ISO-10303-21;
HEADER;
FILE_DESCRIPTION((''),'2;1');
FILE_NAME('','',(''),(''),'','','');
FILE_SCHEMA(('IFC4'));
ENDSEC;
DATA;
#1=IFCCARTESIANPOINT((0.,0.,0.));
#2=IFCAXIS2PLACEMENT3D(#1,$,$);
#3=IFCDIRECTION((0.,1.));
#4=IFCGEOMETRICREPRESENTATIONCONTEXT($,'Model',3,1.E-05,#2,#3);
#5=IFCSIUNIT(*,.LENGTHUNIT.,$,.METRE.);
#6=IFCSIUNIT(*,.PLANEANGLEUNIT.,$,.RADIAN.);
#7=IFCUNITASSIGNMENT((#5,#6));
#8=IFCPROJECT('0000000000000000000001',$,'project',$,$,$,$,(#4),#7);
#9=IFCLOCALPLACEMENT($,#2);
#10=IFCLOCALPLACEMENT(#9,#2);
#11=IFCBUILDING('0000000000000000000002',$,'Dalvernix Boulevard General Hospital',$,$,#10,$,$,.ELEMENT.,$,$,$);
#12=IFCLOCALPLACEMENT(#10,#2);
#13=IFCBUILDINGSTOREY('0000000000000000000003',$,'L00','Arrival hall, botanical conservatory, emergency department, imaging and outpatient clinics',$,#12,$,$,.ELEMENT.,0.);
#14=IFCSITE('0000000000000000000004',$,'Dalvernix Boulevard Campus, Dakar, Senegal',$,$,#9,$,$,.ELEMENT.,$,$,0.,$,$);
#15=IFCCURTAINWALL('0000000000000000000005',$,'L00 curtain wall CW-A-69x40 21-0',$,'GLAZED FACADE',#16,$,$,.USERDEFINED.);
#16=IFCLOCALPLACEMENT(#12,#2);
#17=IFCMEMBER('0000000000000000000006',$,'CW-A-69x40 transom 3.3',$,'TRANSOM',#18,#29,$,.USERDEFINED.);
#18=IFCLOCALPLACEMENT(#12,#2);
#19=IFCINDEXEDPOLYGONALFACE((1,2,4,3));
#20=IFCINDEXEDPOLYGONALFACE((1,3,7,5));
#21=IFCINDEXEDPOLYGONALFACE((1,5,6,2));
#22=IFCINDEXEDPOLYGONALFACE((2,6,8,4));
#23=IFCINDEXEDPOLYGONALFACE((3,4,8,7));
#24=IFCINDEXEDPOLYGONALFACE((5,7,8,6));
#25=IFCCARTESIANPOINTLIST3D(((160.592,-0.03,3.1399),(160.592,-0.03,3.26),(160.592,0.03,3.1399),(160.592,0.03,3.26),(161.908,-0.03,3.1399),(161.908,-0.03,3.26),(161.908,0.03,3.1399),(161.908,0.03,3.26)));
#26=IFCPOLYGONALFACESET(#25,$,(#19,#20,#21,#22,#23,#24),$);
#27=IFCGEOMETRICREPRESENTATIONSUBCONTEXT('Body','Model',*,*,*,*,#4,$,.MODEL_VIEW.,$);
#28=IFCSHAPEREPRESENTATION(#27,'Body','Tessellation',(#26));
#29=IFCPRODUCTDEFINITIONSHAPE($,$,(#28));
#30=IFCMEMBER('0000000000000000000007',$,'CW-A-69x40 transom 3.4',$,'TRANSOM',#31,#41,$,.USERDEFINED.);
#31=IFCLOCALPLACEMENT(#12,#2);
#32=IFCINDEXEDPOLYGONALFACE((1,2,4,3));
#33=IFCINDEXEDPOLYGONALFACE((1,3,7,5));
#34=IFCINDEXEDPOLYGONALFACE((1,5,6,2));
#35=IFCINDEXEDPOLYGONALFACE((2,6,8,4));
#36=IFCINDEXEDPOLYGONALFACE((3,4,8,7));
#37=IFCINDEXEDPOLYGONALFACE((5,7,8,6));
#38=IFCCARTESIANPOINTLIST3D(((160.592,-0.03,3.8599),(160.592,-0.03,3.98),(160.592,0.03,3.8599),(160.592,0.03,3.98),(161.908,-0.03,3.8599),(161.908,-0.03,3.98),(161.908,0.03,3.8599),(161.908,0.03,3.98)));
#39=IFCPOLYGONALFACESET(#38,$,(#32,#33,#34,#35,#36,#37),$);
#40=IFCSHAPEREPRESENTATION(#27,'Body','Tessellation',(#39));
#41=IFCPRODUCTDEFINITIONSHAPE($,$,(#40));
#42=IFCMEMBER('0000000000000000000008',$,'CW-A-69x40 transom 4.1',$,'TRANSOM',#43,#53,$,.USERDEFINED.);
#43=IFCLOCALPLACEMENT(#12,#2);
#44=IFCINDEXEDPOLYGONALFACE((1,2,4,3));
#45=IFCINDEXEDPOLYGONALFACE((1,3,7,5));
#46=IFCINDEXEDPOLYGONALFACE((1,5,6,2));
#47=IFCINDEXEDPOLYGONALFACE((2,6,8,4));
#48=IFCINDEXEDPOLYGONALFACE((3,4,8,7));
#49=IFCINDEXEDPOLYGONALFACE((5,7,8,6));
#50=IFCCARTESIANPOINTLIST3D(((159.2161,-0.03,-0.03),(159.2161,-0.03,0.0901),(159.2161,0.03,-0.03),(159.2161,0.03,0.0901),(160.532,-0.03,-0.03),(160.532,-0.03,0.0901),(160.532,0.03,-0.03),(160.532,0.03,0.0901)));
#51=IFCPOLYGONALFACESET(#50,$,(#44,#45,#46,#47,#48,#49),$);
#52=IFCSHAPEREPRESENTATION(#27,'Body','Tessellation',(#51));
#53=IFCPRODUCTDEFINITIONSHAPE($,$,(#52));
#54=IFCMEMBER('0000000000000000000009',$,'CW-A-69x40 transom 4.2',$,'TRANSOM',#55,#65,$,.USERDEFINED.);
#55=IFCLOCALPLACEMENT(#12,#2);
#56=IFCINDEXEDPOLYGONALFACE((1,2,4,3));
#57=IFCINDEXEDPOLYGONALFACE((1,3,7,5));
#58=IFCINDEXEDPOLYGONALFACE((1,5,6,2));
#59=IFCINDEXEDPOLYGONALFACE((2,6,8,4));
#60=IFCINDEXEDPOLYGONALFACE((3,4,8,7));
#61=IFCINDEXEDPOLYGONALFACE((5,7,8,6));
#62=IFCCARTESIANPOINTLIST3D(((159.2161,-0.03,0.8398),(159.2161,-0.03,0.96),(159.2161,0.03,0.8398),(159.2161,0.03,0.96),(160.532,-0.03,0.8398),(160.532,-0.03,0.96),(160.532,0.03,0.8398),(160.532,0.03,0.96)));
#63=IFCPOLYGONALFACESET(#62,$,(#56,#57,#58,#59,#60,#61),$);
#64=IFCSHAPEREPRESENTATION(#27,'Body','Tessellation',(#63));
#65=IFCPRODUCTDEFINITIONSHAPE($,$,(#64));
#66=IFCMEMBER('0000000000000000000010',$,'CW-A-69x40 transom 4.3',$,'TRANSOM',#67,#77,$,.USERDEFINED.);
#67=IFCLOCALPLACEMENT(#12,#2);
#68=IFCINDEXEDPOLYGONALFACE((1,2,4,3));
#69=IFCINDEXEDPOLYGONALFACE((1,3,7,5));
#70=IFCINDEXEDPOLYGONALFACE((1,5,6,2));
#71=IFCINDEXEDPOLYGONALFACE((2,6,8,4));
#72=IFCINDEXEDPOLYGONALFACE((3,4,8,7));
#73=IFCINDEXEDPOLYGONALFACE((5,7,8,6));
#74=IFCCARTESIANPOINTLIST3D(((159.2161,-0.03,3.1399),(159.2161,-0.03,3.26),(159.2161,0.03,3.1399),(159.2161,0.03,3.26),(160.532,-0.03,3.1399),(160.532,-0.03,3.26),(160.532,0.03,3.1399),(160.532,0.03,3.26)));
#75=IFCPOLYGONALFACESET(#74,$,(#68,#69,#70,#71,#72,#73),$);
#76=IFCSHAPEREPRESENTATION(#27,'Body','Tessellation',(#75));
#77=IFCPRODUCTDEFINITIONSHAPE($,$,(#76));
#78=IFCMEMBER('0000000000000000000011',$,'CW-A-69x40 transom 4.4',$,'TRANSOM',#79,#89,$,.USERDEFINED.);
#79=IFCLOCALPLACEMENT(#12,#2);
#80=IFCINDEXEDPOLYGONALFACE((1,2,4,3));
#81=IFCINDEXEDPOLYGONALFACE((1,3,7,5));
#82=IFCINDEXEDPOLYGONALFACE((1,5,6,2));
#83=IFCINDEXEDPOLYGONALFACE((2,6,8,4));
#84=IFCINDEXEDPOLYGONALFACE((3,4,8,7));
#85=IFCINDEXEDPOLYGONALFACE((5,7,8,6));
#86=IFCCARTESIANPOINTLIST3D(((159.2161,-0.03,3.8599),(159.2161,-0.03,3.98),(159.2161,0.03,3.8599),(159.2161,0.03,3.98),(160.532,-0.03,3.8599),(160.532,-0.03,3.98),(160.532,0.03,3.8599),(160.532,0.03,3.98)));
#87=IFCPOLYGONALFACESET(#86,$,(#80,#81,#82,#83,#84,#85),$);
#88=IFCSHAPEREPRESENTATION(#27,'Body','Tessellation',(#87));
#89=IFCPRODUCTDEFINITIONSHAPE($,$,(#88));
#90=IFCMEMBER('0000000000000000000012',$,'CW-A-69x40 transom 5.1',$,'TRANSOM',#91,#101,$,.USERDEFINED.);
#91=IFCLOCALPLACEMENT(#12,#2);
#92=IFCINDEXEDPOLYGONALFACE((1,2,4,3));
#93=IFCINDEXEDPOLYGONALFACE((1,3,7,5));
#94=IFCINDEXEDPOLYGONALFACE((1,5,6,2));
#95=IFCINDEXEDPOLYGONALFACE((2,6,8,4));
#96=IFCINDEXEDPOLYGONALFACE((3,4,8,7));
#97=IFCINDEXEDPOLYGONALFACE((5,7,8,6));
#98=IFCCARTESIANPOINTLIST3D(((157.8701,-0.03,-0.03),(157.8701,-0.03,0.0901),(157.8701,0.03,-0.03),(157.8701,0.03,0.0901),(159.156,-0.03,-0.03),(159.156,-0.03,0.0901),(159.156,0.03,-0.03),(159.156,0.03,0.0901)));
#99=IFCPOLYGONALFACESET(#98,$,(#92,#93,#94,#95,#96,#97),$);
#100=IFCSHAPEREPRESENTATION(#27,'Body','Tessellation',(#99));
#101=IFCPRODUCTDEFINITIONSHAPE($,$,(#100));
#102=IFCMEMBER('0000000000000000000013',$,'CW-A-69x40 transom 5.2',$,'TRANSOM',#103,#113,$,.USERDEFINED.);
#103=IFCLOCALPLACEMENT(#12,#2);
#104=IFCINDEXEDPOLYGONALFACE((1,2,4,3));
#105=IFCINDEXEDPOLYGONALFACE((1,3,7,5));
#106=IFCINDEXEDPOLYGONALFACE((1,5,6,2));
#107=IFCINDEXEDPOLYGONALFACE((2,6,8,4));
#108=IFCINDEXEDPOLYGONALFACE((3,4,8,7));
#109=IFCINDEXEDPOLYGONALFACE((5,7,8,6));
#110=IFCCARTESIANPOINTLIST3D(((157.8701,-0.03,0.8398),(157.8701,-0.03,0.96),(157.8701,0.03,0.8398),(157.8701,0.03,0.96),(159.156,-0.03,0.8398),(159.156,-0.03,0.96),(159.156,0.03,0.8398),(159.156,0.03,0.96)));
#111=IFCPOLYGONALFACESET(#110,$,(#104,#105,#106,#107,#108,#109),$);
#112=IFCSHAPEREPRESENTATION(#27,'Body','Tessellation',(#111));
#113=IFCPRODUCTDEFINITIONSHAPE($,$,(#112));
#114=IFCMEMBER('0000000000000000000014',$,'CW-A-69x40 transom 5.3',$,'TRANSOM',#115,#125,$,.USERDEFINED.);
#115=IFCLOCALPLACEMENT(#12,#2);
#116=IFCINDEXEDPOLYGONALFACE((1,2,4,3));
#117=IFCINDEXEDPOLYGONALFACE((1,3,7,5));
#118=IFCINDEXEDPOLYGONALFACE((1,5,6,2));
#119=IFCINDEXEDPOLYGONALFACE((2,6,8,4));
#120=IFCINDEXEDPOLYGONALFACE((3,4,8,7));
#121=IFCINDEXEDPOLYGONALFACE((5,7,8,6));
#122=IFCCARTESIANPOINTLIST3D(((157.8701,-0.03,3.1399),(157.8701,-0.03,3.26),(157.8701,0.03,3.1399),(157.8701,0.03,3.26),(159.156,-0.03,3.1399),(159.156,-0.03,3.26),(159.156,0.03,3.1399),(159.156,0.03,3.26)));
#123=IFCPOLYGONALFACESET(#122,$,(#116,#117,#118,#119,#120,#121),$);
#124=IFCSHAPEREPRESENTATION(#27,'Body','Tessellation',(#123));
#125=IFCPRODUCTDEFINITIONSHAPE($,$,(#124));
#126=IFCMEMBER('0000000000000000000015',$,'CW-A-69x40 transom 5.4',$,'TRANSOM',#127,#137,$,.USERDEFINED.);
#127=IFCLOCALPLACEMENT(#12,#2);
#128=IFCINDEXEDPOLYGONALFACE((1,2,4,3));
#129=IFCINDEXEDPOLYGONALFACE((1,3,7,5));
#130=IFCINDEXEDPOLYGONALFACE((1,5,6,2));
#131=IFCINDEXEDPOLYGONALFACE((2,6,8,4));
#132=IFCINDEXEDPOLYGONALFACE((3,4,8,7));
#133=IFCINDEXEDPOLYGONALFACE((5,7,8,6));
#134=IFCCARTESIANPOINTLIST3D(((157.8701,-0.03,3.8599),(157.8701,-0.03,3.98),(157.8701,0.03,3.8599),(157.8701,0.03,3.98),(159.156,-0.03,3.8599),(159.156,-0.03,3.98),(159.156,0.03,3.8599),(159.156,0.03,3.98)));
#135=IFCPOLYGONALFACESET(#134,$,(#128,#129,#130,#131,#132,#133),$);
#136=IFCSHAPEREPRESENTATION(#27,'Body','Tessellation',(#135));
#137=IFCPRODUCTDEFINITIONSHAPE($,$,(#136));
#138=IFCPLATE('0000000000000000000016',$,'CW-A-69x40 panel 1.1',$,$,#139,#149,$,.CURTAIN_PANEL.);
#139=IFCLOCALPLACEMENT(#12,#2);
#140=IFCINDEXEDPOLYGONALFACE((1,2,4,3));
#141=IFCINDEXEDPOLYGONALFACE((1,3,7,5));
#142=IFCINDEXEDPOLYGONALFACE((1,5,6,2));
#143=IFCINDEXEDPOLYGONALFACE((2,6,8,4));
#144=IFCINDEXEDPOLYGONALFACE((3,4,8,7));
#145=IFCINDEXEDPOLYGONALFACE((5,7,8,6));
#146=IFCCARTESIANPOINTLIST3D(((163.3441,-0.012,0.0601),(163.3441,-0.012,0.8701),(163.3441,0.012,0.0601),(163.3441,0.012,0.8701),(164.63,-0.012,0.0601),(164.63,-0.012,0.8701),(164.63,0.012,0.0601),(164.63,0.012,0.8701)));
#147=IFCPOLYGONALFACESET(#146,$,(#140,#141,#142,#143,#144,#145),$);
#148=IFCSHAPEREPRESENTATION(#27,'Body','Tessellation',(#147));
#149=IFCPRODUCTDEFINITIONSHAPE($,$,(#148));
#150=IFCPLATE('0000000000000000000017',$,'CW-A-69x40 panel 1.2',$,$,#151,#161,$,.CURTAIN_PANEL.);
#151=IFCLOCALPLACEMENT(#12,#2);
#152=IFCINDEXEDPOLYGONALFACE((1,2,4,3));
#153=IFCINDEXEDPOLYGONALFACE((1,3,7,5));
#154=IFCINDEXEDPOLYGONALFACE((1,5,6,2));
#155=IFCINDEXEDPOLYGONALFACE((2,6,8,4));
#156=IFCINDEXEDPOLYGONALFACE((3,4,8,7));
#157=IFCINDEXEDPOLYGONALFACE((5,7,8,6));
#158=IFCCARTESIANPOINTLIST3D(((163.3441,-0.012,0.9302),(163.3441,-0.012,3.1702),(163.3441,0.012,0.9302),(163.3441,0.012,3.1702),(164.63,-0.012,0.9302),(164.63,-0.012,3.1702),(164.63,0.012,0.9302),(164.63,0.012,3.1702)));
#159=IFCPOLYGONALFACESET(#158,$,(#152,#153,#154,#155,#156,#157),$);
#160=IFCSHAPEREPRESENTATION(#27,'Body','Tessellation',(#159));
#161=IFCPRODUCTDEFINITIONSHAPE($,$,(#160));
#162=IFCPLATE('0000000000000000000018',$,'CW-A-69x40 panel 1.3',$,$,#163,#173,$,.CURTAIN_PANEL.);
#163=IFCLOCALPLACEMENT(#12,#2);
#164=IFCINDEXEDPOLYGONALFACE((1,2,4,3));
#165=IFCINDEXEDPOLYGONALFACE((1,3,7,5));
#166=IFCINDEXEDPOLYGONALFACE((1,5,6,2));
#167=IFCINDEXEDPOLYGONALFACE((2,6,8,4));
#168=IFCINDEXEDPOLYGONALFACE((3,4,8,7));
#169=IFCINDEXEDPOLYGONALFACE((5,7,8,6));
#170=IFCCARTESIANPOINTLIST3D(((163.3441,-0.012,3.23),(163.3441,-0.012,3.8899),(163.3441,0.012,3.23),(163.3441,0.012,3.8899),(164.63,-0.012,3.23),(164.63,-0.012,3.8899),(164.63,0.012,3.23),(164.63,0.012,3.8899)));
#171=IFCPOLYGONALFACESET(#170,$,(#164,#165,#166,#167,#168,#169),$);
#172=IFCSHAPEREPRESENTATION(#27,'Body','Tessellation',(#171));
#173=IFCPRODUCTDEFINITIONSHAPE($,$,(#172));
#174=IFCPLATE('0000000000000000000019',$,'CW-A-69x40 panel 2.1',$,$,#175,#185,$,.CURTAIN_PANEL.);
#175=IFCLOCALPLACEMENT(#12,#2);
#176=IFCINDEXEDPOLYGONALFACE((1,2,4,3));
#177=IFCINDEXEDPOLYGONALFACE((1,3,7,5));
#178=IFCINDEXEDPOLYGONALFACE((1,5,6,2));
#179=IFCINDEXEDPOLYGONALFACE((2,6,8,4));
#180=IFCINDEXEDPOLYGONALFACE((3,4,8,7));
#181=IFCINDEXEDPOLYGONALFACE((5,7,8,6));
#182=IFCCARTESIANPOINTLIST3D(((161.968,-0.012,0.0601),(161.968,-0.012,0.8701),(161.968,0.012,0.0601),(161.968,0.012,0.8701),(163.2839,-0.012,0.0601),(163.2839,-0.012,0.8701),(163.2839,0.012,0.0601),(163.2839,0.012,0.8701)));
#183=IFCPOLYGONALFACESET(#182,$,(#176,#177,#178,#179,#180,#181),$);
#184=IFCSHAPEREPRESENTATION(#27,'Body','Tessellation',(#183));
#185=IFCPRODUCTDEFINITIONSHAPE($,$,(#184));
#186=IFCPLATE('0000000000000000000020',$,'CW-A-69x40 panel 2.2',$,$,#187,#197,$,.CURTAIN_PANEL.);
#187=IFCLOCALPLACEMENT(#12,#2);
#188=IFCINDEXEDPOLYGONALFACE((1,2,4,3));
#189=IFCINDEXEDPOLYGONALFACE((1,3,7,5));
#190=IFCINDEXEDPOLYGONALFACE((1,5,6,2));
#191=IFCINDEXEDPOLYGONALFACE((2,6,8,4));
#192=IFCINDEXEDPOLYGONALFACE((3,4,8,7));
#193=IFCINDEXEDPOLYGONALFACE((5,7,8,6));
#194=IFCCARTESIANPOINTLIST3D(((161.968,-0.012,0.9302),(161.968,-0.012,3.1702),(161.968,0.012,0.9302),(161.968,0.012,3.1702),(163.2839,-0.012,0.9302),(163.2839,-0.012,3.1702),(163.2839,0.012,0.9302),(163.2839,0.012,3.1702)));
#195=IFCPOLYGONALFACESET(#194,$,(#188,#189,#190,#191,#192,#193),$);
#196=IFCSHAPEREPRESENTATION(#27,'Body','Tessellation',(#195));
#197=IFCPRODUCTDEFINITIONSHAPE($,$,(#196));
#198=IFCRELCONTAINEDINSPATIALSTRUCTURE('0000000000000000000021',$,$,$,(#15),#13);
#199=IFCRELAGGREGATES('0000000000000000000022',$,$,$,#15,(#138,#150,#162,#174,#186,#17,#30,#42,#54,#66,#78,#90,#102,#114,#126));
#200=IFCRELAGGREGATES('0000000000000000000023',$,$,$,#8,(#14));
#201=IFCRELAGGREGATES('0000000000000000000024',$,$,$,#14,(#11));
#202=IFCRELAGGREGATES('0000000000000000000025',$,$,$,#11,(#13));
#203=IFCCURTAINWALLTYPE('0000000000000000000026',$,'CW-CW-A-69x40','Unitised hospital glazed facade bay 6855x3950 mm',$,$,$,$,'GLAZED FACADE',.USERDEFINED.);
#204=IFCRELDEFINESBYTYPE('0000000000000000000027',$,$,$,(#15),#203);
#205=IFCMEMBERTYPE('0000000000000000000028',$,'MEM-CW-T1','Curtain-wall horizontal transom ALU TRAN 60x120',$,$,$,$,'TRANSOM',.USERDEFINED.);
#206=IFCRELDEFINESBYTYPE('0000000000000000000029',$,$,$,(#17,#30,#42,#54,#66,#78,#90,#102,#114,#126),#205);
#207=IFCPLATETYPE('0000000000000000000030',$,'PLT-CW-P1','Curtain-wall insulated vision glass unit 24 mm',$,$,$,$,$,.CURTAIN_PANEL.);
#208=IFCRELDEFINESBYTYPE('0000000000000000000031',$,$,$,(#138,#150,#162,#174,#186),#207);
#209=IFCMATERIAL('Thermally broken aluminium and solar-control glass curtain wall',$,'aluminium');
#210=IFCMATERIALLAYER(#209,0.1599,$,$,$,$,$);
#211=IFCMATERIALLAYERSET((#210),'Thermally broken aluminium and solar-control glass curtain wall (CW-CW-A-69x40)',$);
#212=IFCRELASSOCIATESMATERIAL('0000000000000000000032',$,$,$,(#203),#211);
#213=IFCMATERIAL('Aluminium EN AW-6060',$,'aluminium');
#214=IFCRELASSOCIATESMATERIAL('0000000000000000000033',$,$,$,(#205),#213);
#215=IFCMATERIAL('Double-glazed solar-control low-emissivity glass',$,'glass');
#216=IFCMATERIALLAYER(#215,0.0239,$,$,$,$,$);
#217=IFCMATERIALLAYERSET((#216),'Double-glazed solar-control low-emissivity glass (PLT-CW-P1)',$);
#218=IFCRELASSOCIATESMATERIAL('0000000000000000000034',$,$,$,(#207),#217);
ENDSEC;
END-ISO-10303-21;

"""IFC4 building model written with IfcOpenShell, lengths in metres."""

from ifc_helpers import new_model, si_unit, direction, frame, origin, origin_2d, place, context, subcontext, project, spatial, rectangle, extrude, material, layer, layer_set, material_profile, profile_set, type_object, element, aggregate, save


model = new_model("IFC4")

# Units and contexts
model_context = context("Model", 3, precision=1e-05, world=origin(), true_north=direction((0.0, 1.0)))
body_context = subcontext(model_context, "Body", "Model", "MODEL_VIEW")
ifc_project = project(units=[si_unit("LENGTHUNIT", "METRE"), si_unit("PLANEANGLEUNIT", "RADIAN")], contexts=[model_context])

# Site, building, storey
site_placement = place(None, origin())
site = spatial("IfcSite", under=ifc_project, at=site_placement, Name="Dalvernix Boulevard Campus, Dakar, Senegal", CompositionType="ELEMENT", RefElevation=0.0)
building_placement = place(site_placement, origin())
building = spatial("IfcBuilding", under=site, at=building_placement, Name="Dalvernix Boulevard General Hospital", CompositionType="ELEMENT")
storey_placement = place(building_placement, origin())
storey = spatial("IfcBuildingStorey", under=building, at=storey_placement, Name="L00", Description="Arrival hall, botanical conservatory, emergency department, imaging and outpatient clinics", CompositionType="ELEMENT", Elevation=0.0)

# Curtain wall, members, plates
ifc_material_1 = material(Name="Thermally broken aluminium and solar-control glass curtain wall", Category="aluminium")
ifc_layer_1 = layer(ifc_material_1, 0.1599)
ifc_layer_set_1 = layer_set([ifc_layer_1], Name="Thermally broken aluminium and solar-control glass curtain wall (CW-CW-A-69x40)")
curtain_wall_type = type_object("IfcCurtainWallType", Name="CW-CW-A-69x40", Description="Unitised hospital glazed facade bay 6855x3950 mm", ElementType="GLAZED FACADE", PredefinedType="USERDEFINED", material=ifc_layer_set_1)
curtain_wall_placement = place(storey_placement, origin())
curtain_wall = element("IfcCurtainWall", 1, at=curtain_wall_placement, inside=storey, type_object=curtain_wall_type, Name="L00 curtain wall CW-A-69x40 21-0", ObjectType="GLAZED FACADE", PredefinedType="USERDEFINED")
ifc_material_2 = material(Name="Aluminium EN AW-6060", Category="aluminium")
ifc_material_profile_1 = material_profile(ifc_material_2, rectangle(XDim=0.0601, YDim=0.1201, at=origin_2d()), Name="ALU TRAN 60x120")
ifc_profile_set_1 = profile_set([ifc_material_profile_1], Name="Aluminium EN AW-6060")
member_type_1 = type_object("IfcMemberType", Name="MEM-CW-T1", Description="Curtain-wall horizontal transom ALU TRAN 60x120", ElementType="TRANSOM", PredefinedType="USERDEFINED", material=ifc_profile_set_1)
member_1_placement = place(storey_placement, frame((161.908, 0.0, 3.2), z_axis=(-1.0, 0.0, 0.0), x_axis=(0.0, -1.0, 0.0)))
member_1 = element("IfcMember", 2, at=member_1_placement, type_object=member_type_1, Name="CW-A-69x40 transom 3.3", ObjectType="TRANSOM", PredefinedType="USERDEFINED", context=body_context, shape_type="SweptSolid", body=[
    extrude(rectangle(XDim=0.0601, YDim=0.1201, at=origin_2d()), origin(), (0.0, 0.0, 1.0), 1.3159),
])
member_2_placement = place(storey_placement, frame((161.908, 0.0, 3.9199), z_axis=(-1.0, 0.0, 0.0), x_axis=(0.0, -1.0, 0.0)))
member_2 = element("IfcMember", 3, at=member_2_placement, type_object=member_type_1, Name="CW-A-69x40 transom 3.4", ObjectType="TRANSOM", PredefinedType="USERDEFINED", context=body_context, shape_type="SweptSolid", body=[
    extrude(rectangle(XDim=0.0601, YDim=0.1201, at=origin_2d()), origin(), (0.0, 0.0, 1.0), 1.3159),
])
member_3_placement = place(storey_placement, frame((160.532, 0.0, 0.03), z_axis=(-1.0, 0.0, 0.0), x_axis=(0.0, -1.0, 0.0)))
member_3 = element("IfcMember", 4, at=member_3_placement, type_object=member_type_1, Name="CW-A-69x40 transom 4.1", ObjectType="TRANSOM", PredefinedType="USERDEFINED", context=body_context, shape_type="SweptSolid", body=[
    extrude(rectangle(XDim=0.0601, YDim=0.1201, at=origin_2d()), origin(), (0.0, 0.0, 1.0), 1.3159),
])
member_4_placement = place(storey_placement, frame((160.532, 0.0, 0.8999), z_axis=(-1.0, 0.0, 0.0), x_axis=(0.0, -1.0, 0.0)))
member_4 = element("IfcMember", 5, at=member_4_placement, type_object=member_type_1, Name="CW-A-69x40 transom 4.2", ObjectType="TRANSOM", PredefinedType="USERDEFINED", context=body_context, shape_type="SweptSolid", body=[
    extrude(rectangle(XDim=0.0601, YDim=0.1201, at=origin_2d()), origin(), (0.0, 0.0, 1.0), 1.3159),
])
member_5_placement = place(storey_placement, frame((160.532, 0.0, 3.2), z_axis=(-1.0, 0.0, 0.0), x_axis=(0.0, -1.0, 0.0)))
member_5 = element("IfcMember", 6, at=member_5_placement, type_object=member_type_1, Name="CW-A-69x40 transom 4.3", ObjectType="TRANSOM", PredefinedType="USERDEFINED", context=body_context, shape_type="SweptSolid", body=[
    extrude(rectangle(XDim=0.0601, YDim=0.1201, at=origin_2d()), origin(), (0.0, 0.0, 1.0), 1.3159),
])
member_6_placement = place(storey_placement, frame((160.532, 0.0, 3.9199), z_axis=(-1.0, 0.0, 0.0), x_axis=(0.0, -1.0, 0.0)))
member_6 = element("IfcMember", 7, at=member_6_placement, type_object=member_type_1, Name="CW-A-69x40 transom 4.4", ObjectType="TRANSOM", PredefinedType="USERDEFINED", context=body_context, shape_type="SweptSolid", body=[
    extrude(rectangle(XDim=0.0601, YDim=0.1201, at=origin_2d()), origin(), (0.0, 0.0, 1.0), 1.3159),
])
member_7_placement = place(storey_placement, frame((159.156, 0.0, 0.03), z_axis=(-1.0, 0.0, 0.0), x_axis=(0.0, -1.0, 0.0)))
member_7 = element("IfcMember", 8, at=member_7_placement, type_object=member_type_1, Name="CW-A-69x40 transom 5.1", ObjectType="TRANSOM", PredefinedType="USERDEFINED", context=body_context, shape_type="SweptSolid", body=[
    extrude(rectangle(XDim=0.0601, YDim=0.1201, at=origin_2d()), origin(), (0.0, 0.0, 1.0), 1.2859),
])
member_8_placement = place(storey_placement, frame((159.156, 0.0, 0.8999), z_axis=(-1.0, 0.0, 0.0), x_axis=(0.0, -1.0, 0.0)))
member_8 = element("IfcMember", 9, at=member_8_placement, type_object=member_type_1, Name="CW-A-69x40 transom 5.2", ObjectType="TRANSOM", PredefinedType="USERDEFINED", context=body_context, shape_type="SweptSolid", body=[
    extrude(rectangle(XDim=0.0601, YDim=0.1201, at=origin_2d()), origin(), (0.0, 0.0, 1.0), 1.2859),
])
member_9_placement = place(storey_placement, frame((159.156, 0.0, 3.2), z_axis=(-1.0, 0.0, 0.0), x_axis=(0.0, -1.0, 0.0)))
member_9 = element("IfcMember", 10, at=member_9_placement, type_object=member_type_1, Name="CW-A-69x40 transom 5.3", ObjectType="TRANSOM", PredefinedType="USERDEFINED", context=body_context, shape_type="SweptSolid", body=[
    extrude(rectangle(XDim=0.0601, YDim=0.1201, at=origin_2d()), origin(), (0.0, 0.0, 1.0), 1.2859),
])
member_10_placement = place(storey_placement, frame((159.156, 0.0, 3.9199), z_axis=(-1.0, 0.0, 0.0), x_axis=(0.0, -1.0, 0.0)))
member_10 = element("IfcMember", 11, at=member_10_placement, type_object=member_type_1, Name="CW-A-69x40 transom 5.4", ObjectType="TRANSOM", PredefinedType="USERDEFINED", context=body_context, shape_type="SweptSolid", body=[
    extrude(rectangle(XDim=0.0601, YDim=0.1201, at=origin_2d()), origin(), (0.0, 0.0, 1.0), 1.2859),
])
ifc_material_3 = material(Name="Double-glazed solar-control low-emissivity glass", Category="glass")
ifc_layer_2 = layer(ifc_material_3, 0.0239)
ifc_layer_set_2 = layer_set([ifc_layer_2], Name="Double-glazed solar-control low-emissivity glass (PLT-CW-P1)")
plate_type = type_object("IfcPlateType", Name="PLT-CW-P1", Description="Curtain-wall insulated vision glass unit 24 mm", PredefinedType="CURTAIN_PANEL", material=ifc_layer_set_2)
plate_1_placement = place(storey_placement, frame((163.9871, 0.0, 0.0601), z_axis=(0.0, 0.0, 1.0), x_axis=(-1.0, 0.0, 0.0)))
plate_1 = element("IfcPlate", 12, at=plate_1_placement, type_object=plate_type, Name="CW-A-69x40 panel 1.1", PredefinedType="CURTAIN_PANEL", context=body_context, shape_type="SweptSolid", body=[
    extrude(rectangle(XDim=1.2859, YDim=0.0239, at=origin_2d()), origin(), (0.0, 0.0, 1.0), 0.8101),
])
plate_2_placement = place(storey_placement, frame((163.9871, 0.0, 0.9302), z_axis=(0.0, 0.0, 1.0), x_axis=(-1.0, 0.0, 0.0)))
plate_2 = element("IfcPlate", 13, at=plate_2_placement, type_object=plate_type, Name="CW-A-69x40 panel 1.2", PredefinedType="CURTAIN_PANEL", context=body_context, shape_type="SweptSolid", body=[
    extrude(rectangle(XDim=1.2859, YDim=0.0239, at=origin_2d()), origin(), (0.0, 0.0, 1.0), 2.24),
])
plate_3_placement = place(storey_placement, frame((163.9871, 0.0, 3.23), z_axis=(0.0, 0.0, 1.0), x_axis=(-1.0, 0.0, 0.0)))
plate_3 = element("IfcPlate", 14, at=plate_3_placement, type_object=plate_type, Name="CW-A-69x40 panel 1.3", PredefinedType="CURTAIN_PANEL", context=body_context, shape_type="SweptSolid", body=[
    extrude(rectangle(XDim=1.2859, YDim=0.0239, at=origin_2d()), origin(), (0.0, 0.0, 1.0), 0.6599),
])
plate_4_placement = place(storey_placement, frame((162.626, 0.0, 0.0601), z_axis=(0.0, 0.0, 1.0), x_axis=(-1.0, 0.0, 0.0)))
plate_4 = element("IfcPlate", 15, at=plate_4_placement, type_object=plate_type, Name="CW-A-69x40 panel 2.1", PredefinedType="CURTAIN_PANEL", context=body_context, shape_type="SweptSolid", body=[
    extrude(rectangle(XDim=1.3159, YDim=0.0239, at=origin_2d()), origin(), (0.0, 0.0, 1.0), 0.8101),
])
plate_5_placement = place(storey_placement, frame((162.626, 0.0, 0.9302), z_axis=(0.0, 0.0, 1.0), x_axis=(-1.0, 0.0, 0.0)))
plate_5 = element("IfcPlate", 16, at=plate_5_placement, type_object=plate_type, Name="CW-A-69x40 panel 2.2", PredefinedType="CURTAIN_PANEL", context=body_context, shape_type="SweptSolid", body=[
    extrude(rectangle(XDim=1.3159, YDim=0.0239, at=origin_2d()), origin(), (0.0, 0.0, 1.0), 2.24),
])
aggregate(curtain_wall, [plate_1, plate_2, plate_3, plate_4, plate_5, member_1, member_2, member_3, member_4, member_5, member_6, member_7, member_8, member_9, member_10])

save(model, "model.ifc")
